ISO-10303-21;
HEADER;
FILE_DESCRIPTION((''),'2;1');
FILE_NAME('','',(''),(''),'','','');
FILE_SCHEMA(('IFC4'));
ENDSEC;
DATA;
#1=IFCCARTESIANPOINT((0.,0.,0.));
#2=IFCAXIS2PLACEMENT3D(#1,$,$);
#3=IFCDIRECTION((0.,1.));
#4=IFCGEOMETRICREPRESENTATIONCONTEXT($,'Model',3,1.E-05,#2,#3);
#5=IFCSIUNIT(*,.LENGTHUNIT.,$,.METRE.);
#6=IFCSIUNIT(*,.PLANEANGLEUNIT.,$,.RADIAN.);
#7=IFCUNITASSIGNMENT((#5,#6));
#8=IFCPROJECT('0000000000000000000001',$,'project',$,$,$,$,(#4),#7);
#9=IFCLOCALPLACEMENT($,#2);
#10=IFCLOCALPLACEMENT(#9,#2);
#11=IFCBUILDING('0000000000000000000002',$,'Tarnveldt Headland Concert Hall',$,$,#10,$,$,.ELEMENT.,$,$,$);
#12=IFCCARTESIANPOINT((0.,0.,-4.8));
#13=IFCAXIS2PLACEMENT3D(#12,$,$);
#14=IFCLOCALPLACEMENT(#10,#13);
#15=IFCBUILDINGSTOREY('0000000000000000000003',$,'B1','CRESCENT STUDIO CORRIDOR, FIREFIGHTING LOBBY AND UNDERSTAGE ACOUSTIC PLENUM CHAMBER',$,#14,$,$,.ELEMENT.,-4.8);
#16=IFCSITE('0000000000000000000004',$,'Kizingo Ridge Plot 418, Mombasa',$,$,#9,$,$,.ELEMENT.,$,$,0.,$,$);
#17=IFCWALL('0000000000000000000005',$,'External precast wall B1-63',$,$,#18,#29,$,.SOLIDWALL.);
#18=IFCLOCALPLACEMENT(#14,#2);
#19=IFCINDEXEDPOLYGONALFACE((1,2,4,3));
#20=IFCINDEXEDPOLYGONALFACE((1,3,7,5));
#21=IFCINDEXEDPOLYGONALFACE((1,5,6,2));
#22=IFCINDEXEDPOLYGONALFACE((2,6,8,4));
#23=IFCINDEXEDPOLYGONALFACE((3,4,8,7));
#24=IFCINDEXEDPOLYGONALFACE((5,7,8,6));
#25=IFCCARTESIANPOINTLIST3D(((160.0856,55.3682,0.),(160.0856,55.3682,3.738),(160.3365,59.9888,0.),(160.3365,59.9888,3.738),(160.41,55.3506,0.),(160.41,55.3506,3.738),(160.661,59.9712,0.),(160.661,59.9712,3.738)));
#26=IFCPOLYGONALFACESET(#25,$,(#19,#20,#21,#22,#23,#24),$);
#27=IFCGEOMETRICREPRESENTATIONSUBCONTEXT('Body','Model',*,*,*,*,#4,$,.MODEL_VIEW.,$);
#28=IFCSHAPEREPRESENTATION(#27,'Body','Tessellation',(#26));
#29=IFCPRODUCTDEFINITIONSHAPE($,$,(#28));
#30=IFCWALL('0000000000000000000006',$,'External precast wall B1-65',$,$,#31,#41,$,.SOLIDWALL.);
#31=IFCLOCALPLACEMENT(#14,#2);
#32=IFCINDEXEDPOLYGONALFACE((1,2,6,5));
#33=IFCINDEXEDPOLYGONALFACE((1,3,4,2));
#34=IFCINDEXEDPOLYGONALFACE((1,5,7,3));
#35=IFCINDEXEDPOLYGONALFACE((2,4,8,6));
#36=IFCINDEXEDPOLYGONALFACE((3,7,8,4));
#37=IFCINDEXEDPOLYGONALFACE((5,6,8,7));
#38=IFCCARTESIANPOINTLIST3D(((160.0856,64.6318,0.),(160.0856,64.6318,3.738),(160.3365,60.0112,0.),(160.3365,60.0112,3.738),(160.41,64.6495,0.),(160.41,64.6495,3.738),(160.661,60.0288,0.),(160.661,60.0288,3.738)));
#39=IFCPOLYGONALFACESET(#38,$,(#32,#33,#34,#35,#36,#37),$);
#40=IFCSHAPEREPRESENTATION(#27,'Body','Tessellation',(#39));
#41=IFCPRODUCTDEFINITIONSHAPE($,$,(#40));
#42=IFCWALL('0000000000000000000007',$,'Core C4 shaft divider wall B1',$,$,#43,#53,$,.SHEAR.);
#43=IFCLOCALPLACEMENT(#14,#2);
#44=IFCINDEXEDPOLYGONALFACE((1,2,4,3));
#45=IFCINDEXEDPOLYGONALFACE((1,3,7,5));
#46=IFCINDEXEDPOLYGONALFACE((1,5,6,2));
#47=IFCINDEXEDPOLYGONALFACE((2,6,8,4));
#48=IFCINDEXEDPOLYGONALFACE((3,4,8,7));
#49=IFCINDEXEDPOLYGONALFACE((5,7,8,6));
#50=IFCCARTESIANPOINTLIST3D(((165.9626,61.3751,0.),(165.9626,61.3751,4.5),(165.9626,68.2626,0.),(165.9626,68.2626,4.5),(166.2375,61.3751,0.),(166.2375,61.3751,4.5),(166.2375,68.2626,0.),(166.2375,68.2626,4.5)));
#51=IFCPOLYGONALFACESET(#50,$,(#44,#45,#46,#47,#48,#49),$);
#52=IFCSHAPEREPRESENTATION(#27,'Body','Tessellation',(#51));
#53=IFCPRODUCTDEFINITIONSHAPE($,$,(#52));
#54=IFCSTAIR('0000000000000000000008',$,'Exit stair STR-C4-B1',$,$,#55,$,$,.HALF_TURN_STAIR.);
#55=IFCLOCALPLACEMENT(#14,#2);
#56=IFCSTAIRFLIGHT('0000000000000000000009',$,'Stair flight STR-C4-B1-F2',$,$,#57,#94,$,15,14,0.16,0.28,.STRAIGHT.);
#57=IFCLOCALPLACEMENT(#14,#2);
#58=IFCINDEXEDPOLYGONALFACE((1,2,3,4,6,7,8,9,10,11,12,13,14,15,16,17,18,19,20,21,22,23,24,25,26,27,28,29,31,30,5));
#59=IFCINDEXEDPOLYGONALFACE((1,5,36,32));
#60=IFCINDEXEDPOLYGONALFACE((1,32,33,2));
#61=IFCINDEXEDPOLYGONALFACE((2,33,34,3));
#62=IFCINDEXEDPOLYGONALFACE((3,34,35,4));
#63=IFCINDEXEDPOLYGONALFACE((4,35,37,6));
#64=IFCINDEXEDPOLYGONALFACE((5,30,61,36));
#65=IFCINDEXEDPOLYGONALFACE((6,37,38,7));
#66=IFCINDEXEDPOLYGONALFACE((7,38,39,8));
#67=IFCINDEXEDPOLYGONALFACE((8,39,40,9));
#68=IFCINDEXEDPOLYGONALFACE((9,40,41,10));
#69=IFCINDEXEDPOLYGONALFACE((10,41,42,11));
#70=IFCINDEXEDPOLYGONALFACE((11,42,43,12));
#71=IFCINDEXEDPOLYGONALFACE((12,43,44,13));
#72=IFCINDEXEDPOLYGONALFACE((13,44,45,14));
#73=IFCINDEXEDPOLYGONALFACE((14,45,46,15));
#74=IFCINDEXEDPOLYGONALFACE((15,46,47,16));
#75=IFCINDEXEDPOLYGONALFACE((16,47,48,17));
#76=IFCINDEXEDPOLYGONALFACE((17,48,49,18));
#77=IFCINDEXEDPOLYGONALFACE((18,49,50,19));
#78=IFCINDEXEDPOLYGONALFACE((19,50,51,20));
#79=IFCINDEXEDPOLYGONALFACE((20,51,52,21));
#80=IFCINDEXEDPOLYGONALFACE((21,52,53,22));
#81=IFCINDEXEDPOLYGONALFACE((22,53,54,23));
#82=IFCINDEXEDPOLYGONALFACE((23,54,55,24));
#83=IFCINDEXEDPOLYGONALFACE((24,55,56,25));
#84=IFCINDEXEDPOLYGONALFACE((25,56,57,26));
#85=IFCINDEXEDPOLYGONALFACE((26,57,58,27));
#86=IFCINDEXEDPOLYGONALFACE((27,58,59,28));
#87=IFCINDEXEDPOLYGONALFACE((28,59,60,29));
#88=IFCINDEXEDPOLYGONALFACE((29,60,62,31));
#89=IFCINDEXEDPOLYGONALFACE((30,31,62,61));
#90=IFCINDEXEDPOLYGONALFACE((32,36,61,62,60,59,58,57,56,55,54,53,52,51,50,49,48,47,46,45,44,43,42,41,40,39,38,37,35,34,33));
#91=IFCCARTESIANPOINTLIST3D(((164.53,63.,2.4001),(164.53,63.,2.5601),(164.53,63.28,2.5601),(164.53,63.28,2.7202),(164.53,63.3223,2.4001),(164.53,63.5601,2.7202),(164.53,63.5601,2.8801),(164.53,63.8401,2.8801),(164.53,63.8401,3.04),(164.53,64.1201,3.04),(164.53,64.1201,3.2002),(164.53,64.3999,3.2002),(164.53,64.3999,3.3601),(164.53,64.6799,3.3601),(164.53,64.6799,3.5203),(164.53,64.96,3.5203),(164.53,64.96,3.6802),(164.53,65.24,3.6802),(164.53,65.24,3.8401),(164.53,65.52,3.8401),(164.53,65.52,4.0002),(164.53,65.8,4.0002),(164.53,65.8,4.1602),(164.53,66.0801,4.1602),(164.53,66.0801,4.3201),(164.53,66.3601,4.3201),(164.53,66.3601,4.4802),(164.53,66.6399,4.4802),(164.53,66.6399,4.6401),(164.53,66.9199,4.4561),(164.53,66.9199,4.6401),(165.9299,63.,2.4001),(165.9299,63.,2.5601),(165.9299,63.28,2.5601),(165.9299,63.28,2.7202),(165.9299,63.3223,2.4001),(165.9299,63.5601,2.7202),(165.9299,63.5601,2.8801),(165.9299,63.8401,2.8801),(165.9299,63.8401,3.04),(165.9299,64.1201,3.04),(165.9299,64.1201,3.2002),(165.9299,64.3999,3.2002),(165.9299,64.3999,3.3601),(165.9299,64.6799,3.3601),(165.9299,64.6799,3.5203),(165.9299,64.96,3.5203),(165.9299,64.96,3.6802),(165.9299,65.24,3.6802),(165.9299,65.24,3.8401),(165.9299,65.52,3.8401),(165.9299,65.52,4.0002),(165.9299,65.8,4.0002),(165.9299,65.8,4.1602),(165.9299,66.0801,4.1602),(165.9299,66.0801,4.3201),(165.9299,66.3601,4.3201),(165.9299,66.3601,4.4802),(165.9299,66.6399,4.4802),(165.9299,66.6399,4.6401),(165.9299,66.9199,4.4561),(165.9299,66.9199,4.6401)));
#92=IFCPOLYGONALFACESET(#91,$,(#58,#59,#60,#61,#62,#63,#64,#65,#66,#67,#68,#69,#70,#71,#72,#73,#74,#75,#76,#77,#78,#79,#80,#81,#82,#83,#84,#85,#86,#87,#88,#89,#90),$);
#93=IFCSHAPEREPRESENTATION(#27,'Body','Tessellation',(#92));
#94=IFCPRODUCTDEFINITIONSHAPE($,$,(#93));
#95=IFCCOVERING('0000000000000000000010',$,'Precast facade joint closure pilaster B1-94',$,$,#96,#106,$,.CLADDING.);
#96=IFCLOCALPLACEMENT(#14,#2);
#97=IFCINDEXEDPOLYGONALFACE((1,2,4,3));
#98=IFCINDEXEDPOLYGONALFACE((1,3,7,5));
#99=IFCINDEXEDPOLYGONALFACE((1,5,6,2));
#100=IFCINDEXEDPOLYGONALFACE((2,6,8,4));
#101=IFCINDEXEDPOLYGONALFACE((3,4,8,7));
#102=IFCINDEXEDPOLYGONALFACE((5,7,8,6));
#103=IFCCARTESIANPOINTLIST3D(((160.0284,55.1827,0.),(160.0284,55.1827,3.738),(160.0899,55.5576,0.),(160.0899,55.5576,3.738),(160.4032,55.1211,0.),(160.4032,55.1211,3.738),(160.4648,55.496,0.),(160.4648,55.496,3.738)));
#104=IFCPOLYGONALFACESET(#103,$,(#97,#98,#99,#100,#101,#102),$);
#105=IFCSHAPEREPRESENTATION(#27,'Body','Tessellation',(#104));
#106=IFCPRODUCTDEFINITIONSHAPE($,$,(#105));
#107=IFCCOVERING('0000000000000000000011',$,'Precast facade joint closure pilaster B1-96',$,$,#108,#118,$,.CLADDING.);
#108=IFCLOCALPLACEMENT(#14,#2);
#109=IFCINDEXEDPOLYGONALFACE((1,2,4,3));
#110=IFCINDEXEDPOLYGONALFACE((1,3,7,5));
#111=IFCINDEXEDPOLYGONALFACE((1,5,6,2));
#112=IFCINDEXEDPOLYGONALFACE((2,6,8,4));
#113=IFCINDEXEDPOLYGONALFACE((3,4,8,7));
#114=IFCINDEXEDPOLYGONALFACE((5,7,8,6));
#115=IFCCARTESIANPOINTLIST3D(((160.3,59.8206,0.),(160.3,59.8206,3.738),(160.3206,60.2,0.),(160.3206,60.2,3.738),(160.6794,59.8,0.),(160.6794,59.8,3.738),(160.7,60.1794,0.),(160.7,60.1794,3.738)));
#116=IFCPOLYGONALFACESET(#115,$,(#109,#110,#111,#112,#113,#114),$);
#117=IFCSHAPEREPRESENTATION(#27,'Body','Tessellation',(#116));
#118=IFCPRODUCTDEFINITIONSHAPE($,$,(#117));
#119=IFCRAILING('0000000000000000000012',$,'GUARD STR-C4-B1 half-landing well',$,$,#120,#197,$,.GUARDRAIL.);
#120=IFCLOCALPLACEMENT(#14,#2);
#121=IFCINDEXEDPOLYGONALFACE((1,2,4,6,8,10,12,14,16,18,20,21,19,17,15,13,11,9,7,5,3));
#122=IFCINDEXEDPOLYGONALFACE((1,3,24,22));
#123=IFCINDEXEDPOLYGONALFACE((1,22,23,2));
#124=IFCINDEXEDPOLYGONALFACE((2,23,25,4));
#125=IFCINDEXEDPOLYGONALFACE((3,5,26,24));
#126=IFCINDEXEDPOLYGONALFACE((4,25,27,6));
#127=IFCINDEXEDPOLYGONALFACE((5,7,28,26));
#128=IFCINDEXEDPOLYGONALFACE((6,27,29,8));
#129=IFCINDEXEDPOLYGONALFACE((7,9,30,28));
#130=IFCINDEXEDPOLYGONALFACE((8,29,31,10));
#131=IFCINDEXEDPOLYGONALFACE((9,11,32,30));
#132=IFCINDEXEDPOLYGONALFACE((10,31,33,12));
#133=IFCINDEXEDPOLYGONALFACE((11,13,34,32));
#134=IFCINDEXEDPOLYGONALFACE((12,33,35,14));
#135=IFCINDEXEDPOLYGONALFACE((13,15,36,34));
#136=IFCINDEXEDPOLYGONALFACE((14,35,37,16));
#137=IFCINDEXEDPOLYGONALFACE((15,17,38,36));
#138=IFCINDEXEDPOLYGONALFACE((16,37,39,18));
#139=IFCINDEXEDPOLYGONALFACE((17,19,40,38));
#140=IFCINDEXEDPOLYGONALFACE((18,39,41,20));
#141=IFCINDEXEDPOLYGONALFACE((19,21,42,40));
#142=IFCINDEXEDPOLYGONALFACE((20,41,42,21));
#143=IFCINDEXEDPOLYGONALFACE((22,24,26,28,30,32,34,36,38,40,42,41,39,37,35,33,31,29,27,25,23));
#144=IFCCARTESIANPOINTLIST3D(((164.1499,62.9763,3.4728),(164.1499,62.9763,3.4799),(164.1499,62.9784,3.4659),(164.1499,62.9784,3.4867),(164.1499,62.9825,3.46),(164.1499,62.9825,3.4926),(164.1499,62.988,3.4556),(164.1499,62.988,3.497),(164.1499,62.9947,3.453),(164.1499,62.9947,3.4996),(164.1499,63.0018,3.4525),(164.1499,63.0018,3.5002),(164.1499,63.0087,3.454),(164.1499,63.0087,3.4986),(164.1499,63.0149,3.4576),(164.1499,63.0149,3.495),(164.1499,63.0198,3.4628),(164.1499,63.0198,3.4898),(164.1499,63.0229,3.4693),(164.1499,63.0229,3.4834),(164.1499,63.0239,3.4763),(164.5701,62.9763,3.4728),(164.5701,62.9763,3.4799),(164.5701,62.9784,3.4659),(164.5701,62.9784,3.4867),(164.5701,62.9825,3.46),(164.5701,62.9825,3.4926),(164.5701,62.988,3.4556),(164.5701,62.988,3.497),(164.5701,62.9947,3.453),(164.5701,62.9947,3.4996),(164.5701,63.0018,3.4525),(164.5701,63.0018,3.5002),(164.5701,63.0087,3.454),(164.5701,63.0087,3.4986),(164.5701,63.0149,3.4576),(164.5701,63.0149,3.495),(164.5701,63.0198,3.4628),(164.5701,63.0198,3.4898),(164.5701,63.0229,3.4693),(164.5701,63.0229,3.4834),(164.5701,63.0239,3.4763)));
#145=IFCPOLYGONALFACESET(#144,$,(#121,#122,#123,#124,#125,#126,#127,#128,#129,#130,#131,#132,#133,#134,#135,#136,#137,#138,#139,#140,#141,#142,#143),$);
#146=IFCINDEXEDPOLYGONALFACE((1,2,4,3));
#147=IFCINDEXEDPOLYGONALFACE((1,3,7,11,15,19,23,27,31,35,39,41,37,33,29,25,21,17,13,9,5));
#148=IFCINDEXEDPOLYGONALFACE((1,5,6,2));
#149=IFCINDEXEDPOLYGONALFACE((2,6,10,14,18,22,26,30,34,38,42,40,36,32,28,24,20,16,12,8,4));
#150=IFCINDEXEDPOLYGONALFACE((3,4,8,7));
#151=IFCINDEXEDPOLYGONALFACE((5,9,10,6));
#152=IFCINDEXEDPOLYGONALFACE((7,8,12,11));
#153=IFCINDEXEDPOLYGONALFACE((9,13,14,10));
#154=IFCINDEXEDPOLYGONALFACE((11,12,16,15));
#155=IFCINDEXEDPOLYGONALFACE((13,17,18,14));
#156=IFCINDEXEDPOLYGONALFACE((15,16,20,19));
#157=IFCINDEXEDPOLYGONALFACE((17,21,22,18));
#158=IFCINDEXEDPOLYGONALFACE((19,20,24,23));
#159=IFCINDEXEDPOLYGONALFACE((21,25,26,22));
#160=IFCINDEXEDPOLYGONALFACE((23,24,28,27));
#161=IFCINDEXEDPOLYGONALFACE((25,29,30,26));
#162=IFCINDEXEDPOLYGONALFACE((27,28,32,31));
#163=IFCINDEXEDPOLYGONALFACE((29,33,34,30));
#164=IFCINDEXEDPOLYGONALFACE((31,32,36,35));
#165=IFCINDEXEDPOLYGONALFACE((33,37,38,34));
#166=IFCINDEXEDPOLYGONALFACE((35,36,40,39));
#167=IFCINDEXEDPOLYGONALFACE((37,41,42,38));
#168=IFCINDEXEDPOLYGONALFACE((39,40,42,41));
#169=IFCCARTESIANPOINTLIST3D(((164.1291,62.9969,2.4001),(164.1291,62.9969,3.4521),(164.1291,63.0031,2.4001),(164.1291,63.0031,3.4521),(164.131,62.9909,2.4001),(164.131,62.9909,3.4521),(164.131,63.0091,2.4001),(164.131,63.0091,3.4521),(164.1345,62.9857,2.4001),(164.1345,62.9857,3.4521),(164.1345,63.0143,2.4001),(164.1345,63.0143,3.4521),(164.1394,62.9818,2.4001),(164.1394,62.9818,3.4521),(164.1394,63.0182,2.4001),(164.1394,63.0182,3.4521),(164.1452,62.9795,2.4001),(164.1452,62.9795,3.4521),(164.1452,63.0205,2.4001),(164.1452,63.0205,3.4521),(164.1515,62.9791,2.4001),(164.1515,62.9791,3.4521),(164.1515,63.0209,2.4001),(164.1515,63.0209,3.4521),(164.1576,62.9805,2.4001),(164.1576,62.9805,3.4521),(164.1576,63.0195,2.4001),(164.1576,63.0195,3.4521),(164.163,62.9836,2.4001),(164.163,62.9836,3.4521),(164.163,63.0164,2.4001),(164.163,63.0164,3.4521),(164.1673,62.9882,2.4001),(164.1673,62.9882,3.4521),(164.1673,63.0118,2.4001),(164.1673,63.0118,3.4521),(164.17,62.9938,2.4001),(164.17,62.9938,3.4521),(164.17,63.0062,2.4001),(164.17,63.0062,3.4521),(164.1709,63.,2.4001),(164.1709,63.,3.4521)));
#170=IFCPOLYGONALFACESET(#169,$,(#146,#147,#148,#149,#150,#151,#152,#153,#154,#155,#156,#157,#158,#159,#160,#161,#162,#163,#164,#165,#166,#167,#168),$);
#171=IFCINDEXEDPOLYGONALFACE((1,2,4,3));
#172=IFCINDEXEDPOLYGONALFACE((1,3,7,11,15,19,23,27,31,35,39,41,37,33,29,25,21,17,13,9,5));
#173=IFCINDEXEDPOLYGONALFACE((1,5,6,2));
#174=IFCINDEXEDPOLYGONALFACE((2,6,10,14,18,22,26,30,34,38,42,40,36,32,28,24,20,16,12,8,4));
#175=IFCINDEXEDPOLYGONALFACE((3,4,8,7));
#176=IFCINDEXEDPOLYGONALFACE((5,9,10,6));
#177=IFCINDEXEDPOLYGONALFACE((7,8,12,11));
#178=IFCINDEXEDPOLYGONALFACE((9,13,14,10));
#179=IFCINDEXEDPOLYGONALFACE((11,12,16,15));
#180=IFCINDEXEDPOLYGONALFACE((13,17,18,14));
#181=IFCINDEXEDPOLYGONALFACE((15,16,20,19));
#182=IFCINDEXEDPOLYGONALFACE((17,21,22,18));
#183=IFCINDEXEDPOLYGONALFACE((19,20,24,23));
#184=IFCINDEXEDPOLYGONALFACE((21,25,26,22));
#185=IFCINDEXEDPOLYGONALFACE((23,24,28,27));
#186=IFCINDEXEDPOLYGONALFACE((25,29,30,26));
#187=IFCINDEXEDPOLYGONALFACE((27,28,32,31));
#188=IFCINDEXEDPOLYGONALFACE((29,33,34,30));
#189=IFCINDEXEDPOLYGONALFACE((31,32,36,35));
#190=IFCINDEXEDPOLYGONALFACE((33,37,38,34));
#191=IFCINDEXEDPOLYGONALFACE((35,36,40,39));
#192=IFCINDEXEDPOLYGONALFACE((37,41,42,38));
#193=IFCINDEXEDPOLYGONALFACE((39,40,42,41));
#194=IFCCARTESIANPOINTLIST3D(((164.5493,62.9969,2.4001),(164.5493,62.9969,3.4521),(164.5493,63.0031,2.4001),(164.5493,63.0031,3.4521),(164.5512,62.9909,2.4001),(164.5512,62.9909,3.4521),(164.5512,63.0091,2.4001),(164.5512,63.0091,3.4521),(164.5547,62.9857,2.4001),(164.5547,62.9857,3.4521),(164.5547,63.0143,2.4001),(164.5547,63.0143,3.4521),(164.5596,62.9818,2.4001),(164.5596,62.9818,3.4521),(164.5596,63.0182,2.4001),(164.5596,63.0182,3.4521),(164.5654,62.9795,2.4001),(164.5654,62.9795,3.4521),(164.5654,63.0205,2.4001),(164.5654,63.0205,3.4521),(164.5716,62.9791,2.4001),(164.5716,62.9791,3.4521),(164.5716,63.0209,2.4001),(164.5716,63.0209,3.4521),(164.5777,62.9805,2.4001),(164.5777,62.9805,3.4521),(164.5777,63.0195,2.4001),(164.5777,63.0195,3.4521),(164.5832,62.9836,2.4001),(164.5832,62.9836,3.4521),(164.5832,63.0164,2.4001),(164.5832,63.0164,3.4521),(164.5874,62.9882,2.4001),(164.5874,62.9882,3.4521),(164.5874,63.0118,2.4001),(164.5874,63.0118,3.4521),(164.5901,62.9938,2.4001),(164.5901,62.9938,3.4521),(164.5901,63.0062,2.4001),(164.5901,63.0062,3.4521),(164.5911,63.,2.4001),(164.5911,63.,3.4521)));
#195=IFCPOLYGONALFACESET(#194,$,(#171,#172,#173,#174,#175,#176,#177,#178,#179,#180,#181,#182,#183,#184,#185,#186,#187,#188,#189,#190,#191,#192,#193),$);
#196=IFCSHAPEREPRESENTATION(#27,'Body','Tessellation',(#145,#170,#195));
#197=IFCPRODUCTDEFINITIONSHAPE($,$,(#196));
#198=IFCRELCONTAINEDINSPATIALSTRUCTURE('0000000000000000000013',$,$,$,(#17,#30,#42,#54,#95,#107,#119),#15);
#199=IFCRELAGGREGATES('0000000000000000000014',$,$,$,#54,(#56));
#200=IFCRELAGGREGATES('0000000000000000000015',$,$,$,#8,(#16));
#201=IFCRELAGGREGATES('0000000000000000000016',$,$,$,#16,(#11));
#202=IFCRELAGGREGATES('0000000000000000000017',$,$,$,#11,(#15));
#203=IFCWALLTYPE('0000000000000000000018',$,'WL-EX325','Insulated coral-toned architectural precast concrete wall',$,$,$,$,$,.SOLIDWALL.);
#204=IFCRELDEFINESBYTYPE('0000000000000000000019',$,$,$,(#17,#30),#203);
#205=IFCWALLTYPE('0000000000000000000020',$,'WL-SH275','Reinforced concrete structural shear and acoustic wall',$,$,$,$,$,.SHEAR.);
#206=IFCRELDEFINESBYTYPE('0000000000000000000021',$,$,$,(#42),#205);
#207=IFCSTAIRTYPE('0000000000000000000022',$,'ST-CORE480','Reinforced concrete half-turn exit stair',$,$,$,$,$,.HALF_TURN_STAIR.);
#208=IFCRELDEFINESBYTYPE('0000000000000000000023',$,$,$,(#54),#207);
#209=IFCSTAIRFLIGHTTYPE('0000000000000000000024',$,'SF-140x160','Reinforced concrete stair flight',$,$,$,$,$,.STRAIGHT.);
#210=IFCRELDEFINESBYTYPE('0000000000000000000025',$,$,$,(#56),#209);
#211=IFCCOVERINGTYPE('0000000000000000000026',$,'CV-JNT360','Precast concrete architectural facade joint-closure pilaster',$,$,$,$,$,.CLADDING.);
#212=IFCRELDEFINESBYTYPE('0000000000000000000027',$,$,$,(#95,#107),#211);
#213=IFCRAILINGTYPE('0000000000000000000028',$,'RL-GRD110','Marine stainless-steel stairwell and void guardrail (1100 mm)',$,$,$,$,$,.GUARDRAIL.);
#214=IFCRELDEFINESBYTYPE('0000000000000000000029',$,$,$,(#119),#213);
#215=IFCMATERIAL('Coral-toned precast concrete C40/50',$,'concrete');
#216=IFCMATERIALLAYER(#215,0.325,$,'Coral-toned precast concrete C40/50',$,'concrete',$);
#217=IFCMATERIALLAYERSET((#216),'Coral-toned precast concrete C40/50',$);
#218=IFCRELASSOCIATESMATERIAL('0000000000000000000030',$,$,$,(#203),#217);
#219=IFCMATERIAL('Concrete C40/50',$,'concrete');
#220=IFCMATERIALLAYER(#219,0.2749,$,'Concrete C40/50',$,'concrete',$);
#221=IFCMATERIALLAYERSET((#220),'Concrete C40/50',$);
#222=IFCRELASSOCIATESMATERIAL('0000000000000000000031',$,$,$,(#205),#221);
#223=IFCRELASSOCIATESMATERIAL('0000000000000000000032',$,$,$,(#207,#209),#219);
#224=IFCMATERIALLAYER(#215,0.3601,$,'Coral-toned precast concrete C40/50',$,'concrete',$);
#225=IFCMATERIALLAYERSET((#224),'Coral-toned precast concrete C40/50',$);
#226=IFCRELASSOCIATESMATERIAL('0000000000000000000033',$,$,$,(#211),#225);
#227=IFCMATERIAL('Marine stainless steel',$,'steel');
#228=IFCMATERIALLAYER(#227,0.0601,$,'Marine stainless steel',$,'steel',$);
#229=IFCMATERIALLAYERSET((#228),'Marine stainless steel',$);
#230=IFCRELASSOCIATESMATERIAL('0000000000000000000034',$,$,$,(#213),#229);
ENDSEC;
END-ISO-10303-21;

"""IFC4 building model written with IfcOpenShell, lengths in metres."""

from ifc_helpers import new_model, si_unit, direction, frame, frame_2d, origin, origin_2d, place, context, subcontext, project, spatial, polyline, rectangle, circle, outline, extrude, material, layer, layer_set, type_object, element, aggregate, save


model = new_model("IFC4")

# Units and contexts
model_context = context("Model", 3, precision=1e-05, world=origin(), true_north=direction((0.0, 1.0)))
body_context = subcontext(model_context, "Body", "Model", "MODEL_VIEW")
ifc_project = project(units=[si_unit("LENGTHUNIT", "METRE"), si_unit("PLANEANGLEUNIT", "RADIAN")], contexts=[model_context])

# Site, building, storey
site_placement = place(None, origin())
site = spatial("IfcSite", under=ifc_project, at=site_placement, Name="Kizingo Ridge Plot 418, Mombasa", CompositionType="ELEMENT", RefElevation=0.0)
building_placement = place(site_placement, origin())
building = spatial("IfcBuilding", under=site, at=building_placement, Name="Tarnveldt Headland Concert Hall", CompositionType="ELEMENT")
storey_placement = place(building_placement, frame((0.0, 0.0, -4.8)))
storey = spatial("IfcBuildingStorey", under=building, at=storey_placement, Name="B1", Description="CRESCENT STUDIO CORRIDOR, FIREFIGHTING LOBBY AND UNDERSTAGE ACOUSTIC PLENUM CHAMBER", CompositionType="ELEMENT", Elevation=-4.8)

# Shared definitions
ifc_material_1 = material(Name="Concrete C40/50", Category="concrete")

# Walls
ifc_material_2 = material(Name="Coral-toned precast concrete C40/50", Category="concrete")
ifc_layer_1 = layer(ifc_material_2, 0.325, Name="Coral-toned precast concrete C40/50", Category="concrete")
ifc_layer_set_1 = layer_set([ifc_layer_1], Name="Coral-toned precast concrete C40/50")
wall_type_1 = type_object("IfcWallType", Name="WL-EX325", Description="Insulated coral-toned architectural precast concrete wall", PredefinedType="SOLIDWALL", material=ifc_layer_set_1)
for number, where, z_axis, x_axis, name in (
    (1, (160.2478, 55.3594, 0.0), (0.0, 0.0, 1.0), (0.054237, 0.998528, 0.0), "External precast wall B1-63"),
    (2, (160.4988, 60.02, 0.0), (0.0, 0.0, 1.0), (-0.054237, 0.998528, 0.0), "External precast wall B1-65"),
):
    element("IfcWall", number, at=place(storey_placement, frame(where, z_axis=z_axis, x_axis=x_axis)), inside=storey, type_object=wall_type_1, Name=name, PredefinedType="SOLIDWALL", context=body_context, shape_type="SweptSolid", body=[
        extrude(rectangle(XDim=4.6274, YDim=0.325, at=frame_2d((2.3137, 0.0))), origin(), (0.0, 0.0, 1.0), 3.738),
    ])
ifc_layer_2 = layer(ifc_material_1, 0.2749, Name="Concrete C40/50", Category="concrete")
ifc_layer_set_2 = layer_set([ifc_layer_2], Name="Concrete C40/50")
wall_type_2 = type_object("IfcWallType", Name="WL-SH275", Description="Reinforced concrete structural shear and acoustic wall", PredefinedType="SHEAR", material=ifc_layer_set_2)
wall_1_placement = place(storey_placement, frame((166.1001, 61.375, 0.0), z_axis=(0.0, 0.0, 1.0), x_axis=(0.0, 1.0, 0.0)))
element("IfcWall", 3, at=wall_1_placement, inside=storey, type_object=wall_type_2, Name="Core C4 shaft divider wall B1", PredefinedType="SHEAR", context=body_context, shape_type="SweptSolid", body=[
    extrude(rectangle(XDim=6.8875, YDim=0.2749, at=frame_2d((3.4438, 0.0))), origin(), (0.0, 0.0, 1.0), 4.5),
])

# Stair, stair flight
stair_type = type_object("IfcStairType", Name="ST-CORE480", Description="Reinforced concrete half-turn exit stair", PredefinedType="HALF_TURN_STAIR", material=ifc_material_1)
stair_placement = place(storey_placement, origin())
stair = element("IfcStair", 4, at=stair_placement, inside=storey, type_object=stair_type, Name="Exit stair STR-C4-B1", PredefinedType="HALF_TURN_STAIR")
stair_flight_type = type_object("IfcStairFlightType", Name="SF-140x160", Description="Reinforced concrete stair flight", PredefinedType="STRAIGHT", material=ifc_material_1)
stair_flight_placement = place(storey_placement, frame((165.23, 63.0, 2.4001), z_axis=(0.0, 0.0, 1.0), x_axis=(0.0, 1.0, 0.0)))
stair_flight = element("IfcStairFlight", 5, at=stair_flight_placement, type_object=stair_flight_type, Name="Stair flight STR-C4-B1-F2", NumberOfRisers=15, NumberOfTreads=14, PredefinedType="STRAIGHT", RiserHeight=0.16, TreadLength=0.28, context=body_context, shape_type="SweptSolid", body=[
    extrude(outline(polyline([(0.0, 0.0), (0.0, 0.1599), (0.28, 0.1599), (0.28, 0.3201), (0.5601, 0.3201), (0.5601, 0.48), (0.8401, 0.48), (0.8401, 0.6399), (1.1201, 0.6399), (1.1201, 0.8), (1.3999, 0.8), (1.3999, 0.96), (1.6799, 0.96), (1.6799, 1.1201), (1.96, 1.1201), (1.96, 1.28), (2.24, 1.28), (2.24, 1.4399), (2.52, 1.4399), (2.52, 1.6001), (2.8, 1.6001), (2.8, 1.76), (3.0801, 1.76), (3.0801, 1.9199), (3.3601, 1.9199), (3.3601, 2.0801), (3.6399, 2.0801), (3.6399, 2.24), (3.9199, 2.24), (3.9199, 2.3999), (3.9199, 2.0559), (0.3223, 0.0), (0.0, 0.0)])), frame((0.0, 0.7, 0.0), z_axis=(0.0, -1.0, 0.0), x_axis=(1.0, 0.0, 0.0)), (0.0, 0.0, 1.0), 1.3999),
])
aggregate(stair, [stair_flight])

# Coverings
ifc_layer_3 = layer(ifc_material_2, 0.3601, Name="Coral-toned precast concrete C40/50", Category="concrete")
ifc_layer_set_3 = layer_set([ifc_layer_3], Name="Coral-toned precast concrete C40/50")
covering_type = type_object("IfcCoveringType", Name="CV-JNT360", Description="Precast concrete architectural facade joint-closure pilaster", PredefinedType="CLADDING", material=ifc_layer_set_3)
for number, where, z_axis, x_axis, name in (
    (6, (160.2466, 55.3394, 0.0), (0.0, 0.0, 1.0), (0.162121, 0.986771, 0.0), "Precast facade joint closure pilaster B1-94"),
    (7, (160.5, 60.0, 0.0), (0.0, 0.0, 1.0), (0.054253, 0.998527, 0.0), "Precast facade joint closure pilaster B1-96"),
):
    element("IfcCovering", number, at=place(storey_placement, frame(where, z_axis=z_axis, x_axis=x_axis)), inside=storey, type_object=covering_type, Name=name, PredefinedType="CLADDING", context=body_context, shape_type="SweptSolid", body=[
        extrude(rectangle(XDim=0.3799, YDim=0.3799, at=origin_2d()), origin(), (0.0, 0.0, 1.0), 3.738),
    ])

# Railing
ifc_material_3 = material(Name="Marine stainless steel", Category="steel")
ifc_layer_4 = layer(ifc_material_3, 0.0601, Name="Marine stainless steel", Category="steel")
ifc_layer_set_4 = layer_set([ifc_layer_4], Name="Marine stainless steel")
railing_type_1 = type_object("IfcRailingType", Name="RL-GRD110", Description="Marine stainless-steel stairwell and void guardrail (1100 mm)", PredefinedType="GUARDRAIL", material=ifc_layer_set_4)
railing_1_placement = place(storey_placement, frame((164.1499, 63.0, 2.4001)))
element("IfcRailing", 8, at=railing_1_placement, inside=storey, type_object=railing_type_1, Name="GUARD STR-C4-B1 half-landing well", PredefinedType="GUARDRAIL", context=body_context, shape_type="SweptSolid", body=[
    extrude(circle(Radius=0.0239, at=origin_2d()), frame((0.0, 0.0, 1.0762), z_axis=(1.0, 0.0, 0.0), x_axis=(0.0, 1.0, 0.0)), (0.0, 0.0, 1.0), 0.4202),
    extrude(circle(Radius=0.021, at=origin_2d()), origin(), (0.0, 0.0, 1.0), 1.052),
    extrude(circle(Radius=0.021, at=origin_2d()), frame((0.4202, 0.0, 0.0)), (0.0, 0.0, 1.0), 1.052),
])

save(model, "model.ifc")
